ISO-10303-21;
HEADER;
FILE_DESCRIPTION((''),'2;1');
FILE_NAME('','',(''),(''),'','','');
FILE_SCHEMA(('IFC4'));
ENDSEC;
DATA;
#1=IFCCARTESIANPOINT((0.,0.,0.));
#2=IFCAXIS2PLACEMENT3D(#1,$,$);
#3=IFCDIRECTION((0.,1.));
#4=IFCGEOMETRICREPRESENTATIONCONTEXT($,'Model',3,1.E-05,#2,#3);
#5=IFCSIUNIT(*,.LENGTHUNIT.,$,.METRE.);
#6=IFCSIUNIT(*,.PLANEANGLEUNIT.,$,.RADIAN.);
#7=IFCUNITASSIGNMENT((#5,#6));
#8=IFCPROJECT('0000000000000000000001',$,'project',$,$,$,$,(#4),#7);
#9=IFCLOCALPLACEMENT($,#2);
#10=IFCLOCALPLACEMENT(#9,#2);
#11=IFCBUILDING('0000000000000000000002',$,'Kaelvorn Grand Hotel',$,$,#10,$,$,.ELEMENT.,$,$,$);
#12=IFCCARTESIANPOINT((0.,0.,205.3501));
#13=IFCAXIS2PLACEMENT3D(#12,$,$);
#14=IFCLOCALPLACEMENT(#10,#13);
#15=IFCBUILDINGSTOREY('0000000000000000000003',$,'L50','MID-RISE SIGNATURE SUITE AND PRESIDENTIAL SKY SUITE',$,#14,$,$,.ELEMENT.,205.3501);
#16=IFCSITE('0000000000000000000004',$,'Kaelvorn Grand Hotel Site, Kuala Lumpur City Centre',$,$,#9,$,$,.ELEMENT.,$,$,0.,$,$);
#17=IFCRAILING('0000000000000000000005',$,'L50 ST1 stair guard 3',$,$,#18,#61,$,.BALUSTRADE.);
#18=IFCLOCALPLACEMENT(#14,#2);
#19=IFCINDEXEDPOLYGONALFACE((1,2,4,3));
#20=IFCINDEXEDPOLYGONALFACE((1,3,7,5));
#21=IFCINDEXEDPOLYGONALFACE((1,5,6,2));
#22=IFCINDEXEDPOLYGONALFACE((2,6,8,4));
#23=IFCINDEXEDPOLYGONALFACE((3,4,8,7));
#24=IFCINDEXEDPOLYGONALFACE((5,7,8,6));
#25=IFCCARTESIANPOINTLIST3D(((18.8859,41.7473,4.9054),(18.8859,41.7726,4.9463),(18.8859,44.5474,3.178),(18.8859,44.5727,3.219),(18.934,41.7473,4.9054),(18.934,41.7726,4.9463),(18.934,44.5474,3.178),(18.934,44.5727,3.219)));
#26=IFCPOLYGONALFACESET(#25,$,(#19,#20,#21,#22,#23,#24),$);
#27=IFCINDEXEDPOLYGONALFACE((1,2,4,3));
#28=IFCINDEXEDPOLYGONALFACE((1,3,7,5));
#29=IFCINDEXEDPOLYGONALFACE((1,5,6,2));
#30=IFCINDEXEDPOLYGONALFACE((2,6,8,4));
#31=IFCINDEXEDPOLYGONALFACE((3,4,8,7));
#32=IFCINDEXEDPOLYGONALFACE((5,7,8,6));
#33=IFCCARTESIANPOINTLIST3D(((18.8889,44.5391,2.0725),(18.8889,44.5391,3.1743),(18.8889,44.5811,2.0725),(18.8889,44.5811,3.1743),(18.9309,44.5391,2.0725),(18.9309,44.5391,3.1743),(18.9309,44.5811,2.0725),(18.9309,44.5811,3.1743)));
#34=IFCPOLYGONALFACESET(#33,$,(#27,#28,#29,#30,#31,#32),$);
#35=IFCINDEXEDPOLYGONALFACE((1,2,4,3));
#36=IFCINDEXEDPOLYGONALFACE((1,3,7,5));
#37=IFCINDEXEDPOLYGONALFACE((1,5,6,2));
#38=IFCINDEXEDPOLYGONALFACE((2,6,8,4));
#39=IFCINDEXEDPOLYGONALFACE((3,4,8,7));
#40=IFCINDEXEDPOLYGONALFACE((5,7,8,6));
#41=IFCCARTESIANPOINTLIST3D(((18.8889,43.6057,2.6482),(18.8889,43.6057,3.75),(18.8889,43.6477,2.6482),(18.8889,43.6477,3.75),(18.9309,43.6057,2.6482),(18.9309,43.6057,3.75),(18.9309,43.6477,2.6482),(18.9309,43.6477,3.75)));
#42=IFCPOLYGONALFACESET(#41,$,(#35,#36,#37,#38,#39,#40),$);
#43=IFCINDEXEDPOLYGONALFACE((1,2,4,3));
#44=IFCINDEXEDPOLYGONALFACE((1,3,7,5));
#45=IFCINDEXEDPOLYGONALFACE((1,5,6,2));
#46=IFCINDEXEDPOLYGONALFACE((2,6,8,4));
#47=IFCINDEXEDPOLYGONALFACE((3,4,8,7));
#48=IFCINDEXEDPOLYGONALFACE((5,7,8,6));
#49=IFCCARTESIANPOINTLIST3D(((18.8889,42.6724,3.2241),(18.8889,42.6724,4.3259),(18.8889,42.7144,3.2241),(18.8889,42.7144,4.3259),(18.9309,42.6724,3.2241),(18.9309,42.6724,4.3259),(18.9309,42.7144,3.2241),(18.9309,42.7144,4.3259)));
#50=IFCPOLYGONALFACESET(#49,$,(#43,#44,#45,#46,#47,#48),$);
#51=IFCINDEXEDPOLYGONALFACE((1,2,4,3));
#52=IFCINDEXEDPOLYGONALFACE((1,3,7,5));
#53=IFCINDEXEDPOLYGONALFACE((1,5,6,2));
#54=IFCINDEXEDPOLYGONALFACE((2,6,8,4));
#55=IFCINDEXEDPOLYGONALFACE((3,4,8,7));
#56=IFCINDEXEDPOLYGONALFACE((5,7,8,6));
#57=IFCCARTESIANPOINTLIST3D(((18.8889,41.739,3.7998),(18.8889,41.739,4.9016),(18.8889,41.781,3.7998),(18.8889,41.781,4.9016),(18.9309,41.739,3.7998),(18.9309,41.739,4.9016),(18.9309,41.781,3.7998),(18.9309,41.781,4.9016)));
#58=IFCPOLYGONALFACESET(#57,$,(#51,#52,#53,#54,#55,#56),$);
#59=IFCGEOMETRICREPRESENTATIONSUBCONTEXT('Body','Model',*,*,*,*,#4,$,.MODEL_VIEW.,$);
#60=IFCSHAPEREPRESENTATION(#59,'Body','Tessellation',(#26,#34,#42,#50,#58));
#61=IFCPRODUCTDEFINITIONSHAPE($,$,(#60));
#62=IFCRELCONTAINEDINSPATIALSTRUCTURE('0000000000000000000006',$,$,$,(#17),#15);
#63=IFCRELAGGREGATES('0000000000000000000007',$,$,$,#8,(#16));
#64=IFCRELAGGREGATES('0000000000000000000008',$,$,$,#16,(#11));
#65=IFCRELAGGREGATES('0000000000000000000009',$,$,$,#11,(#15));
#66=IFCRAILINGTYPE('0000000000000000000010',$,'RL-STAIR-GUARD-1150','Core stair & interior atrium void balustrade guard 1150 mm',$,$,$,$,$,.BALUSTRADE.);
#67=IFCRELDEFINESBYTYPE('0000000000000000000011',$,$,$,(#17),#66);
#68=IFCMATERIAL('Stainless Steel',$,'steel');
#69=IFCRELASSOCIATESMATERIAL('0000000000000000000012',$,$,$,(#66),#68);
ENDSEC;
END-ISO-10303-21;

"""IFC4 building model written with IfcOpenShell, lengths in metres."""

from ifc_helpers import new_model, si_unit, direction, frame, origin, origin_2d, place, context, subcontext, project, spatial, rectangle, extrude, material, type_object, element, save


model = new_model("IFC4")

# Units and contexts
model_context = context("Model", 3, precision=1e-05, world=origin(), true_north=direction((0.0, 1.0)))
body_context = subcontext(model_context, "Body", "Model", "MODEL_VIEW")
ifc_project = project(units=[si_unit("LENGTHUNIT", "METRE"), si_unit("PLANEANGLEUNIT", "RADIAN")], contexts=[model_context])

# Site, building, storey
site_placement = place(None, origin())
site = spatial("IfcSite", under=ifc_project, at=site_placement, Name="Kaelvorn Grand Hotel Site, Kuala Lumpur City Centre", CompositionType="ELEMENT", RefElevation=0.0)
building_placement = place(site_placement, origin())
building = spatial("IfcBuilding", under=site, at=building_placement, Name="Kaelvorn Grand Hotel", CompositionType="ELEMENT")
storey_placement = place(building_placement, frame((0.0, 0.0, 205.3501)))
storey = spatial("IfcBuildingStorey", under=building, at=storey_placement, Name="L50", Description="MID-RISE SIGNATURE SUITE AND PRESIDENTIAL SKY SUITE", CompositionType="ELEMENT", Elevation=205.3501)

# Railing
ifc_material_1 = material(Name="Stainless Steel", Category="steel")
railing_type_1 = type_object("IfcRailingType", Name="RL-STAIR-GUARD-1150", Description="Core stair & interior atrium void balustrade guard 1150 mm", PredefinedType="BALUSTRADE", material=ifc_material_1)
railing_1_placement = place(storey_placement, frame((18.9099, 44.5601, 2.0725)))
element("IfcRailing", 1, at=railing_1_placement, inside=storey, type_object=railing_type_1, Name="L50 ST1 stair guard 3", PredefinedType="BALUSTRADE", context=body_context, shape_type="SweptSolid", body=[
    extrude(rectangle(XDim=0.0481, YDim=0.0481, at=origin_2d()), frame((0.0, 0.0, 1.126), z_axis=(0.0, -0.85109, 0.52502), x_axis=(1.0, 0.0, 0.0)), (0.0, 0.0, 1.0), 3.29),
    extrude(rectangle(XDim=0.042, YDim=0.042, at=origin_2d()), origin(), (0.0, 0.0, 1.0), 1.1018),
    extrude(rectangle(XDim=0.042, YDim=0.042, at=origin_2d()), frame((0.0, -0.9333, 0.5757)), (0.0, 0.0, 1.0), 1.1018),
    extrude(rectangle(XDim=0.042, YDim=0.042, at=origin_2d()), frame((0.0, -1.8667, 1.1516)), (0.0, 0.0, 1.0), 1.1018),
    extrude(rectangle(XDim=0.042, YDim=0.042, at=origin_2d()), frame((0.0, -2.8, 1.7273)), (0.0, 0.0, 1.0), 1.1018),
])

save(model, "model.ifc")
